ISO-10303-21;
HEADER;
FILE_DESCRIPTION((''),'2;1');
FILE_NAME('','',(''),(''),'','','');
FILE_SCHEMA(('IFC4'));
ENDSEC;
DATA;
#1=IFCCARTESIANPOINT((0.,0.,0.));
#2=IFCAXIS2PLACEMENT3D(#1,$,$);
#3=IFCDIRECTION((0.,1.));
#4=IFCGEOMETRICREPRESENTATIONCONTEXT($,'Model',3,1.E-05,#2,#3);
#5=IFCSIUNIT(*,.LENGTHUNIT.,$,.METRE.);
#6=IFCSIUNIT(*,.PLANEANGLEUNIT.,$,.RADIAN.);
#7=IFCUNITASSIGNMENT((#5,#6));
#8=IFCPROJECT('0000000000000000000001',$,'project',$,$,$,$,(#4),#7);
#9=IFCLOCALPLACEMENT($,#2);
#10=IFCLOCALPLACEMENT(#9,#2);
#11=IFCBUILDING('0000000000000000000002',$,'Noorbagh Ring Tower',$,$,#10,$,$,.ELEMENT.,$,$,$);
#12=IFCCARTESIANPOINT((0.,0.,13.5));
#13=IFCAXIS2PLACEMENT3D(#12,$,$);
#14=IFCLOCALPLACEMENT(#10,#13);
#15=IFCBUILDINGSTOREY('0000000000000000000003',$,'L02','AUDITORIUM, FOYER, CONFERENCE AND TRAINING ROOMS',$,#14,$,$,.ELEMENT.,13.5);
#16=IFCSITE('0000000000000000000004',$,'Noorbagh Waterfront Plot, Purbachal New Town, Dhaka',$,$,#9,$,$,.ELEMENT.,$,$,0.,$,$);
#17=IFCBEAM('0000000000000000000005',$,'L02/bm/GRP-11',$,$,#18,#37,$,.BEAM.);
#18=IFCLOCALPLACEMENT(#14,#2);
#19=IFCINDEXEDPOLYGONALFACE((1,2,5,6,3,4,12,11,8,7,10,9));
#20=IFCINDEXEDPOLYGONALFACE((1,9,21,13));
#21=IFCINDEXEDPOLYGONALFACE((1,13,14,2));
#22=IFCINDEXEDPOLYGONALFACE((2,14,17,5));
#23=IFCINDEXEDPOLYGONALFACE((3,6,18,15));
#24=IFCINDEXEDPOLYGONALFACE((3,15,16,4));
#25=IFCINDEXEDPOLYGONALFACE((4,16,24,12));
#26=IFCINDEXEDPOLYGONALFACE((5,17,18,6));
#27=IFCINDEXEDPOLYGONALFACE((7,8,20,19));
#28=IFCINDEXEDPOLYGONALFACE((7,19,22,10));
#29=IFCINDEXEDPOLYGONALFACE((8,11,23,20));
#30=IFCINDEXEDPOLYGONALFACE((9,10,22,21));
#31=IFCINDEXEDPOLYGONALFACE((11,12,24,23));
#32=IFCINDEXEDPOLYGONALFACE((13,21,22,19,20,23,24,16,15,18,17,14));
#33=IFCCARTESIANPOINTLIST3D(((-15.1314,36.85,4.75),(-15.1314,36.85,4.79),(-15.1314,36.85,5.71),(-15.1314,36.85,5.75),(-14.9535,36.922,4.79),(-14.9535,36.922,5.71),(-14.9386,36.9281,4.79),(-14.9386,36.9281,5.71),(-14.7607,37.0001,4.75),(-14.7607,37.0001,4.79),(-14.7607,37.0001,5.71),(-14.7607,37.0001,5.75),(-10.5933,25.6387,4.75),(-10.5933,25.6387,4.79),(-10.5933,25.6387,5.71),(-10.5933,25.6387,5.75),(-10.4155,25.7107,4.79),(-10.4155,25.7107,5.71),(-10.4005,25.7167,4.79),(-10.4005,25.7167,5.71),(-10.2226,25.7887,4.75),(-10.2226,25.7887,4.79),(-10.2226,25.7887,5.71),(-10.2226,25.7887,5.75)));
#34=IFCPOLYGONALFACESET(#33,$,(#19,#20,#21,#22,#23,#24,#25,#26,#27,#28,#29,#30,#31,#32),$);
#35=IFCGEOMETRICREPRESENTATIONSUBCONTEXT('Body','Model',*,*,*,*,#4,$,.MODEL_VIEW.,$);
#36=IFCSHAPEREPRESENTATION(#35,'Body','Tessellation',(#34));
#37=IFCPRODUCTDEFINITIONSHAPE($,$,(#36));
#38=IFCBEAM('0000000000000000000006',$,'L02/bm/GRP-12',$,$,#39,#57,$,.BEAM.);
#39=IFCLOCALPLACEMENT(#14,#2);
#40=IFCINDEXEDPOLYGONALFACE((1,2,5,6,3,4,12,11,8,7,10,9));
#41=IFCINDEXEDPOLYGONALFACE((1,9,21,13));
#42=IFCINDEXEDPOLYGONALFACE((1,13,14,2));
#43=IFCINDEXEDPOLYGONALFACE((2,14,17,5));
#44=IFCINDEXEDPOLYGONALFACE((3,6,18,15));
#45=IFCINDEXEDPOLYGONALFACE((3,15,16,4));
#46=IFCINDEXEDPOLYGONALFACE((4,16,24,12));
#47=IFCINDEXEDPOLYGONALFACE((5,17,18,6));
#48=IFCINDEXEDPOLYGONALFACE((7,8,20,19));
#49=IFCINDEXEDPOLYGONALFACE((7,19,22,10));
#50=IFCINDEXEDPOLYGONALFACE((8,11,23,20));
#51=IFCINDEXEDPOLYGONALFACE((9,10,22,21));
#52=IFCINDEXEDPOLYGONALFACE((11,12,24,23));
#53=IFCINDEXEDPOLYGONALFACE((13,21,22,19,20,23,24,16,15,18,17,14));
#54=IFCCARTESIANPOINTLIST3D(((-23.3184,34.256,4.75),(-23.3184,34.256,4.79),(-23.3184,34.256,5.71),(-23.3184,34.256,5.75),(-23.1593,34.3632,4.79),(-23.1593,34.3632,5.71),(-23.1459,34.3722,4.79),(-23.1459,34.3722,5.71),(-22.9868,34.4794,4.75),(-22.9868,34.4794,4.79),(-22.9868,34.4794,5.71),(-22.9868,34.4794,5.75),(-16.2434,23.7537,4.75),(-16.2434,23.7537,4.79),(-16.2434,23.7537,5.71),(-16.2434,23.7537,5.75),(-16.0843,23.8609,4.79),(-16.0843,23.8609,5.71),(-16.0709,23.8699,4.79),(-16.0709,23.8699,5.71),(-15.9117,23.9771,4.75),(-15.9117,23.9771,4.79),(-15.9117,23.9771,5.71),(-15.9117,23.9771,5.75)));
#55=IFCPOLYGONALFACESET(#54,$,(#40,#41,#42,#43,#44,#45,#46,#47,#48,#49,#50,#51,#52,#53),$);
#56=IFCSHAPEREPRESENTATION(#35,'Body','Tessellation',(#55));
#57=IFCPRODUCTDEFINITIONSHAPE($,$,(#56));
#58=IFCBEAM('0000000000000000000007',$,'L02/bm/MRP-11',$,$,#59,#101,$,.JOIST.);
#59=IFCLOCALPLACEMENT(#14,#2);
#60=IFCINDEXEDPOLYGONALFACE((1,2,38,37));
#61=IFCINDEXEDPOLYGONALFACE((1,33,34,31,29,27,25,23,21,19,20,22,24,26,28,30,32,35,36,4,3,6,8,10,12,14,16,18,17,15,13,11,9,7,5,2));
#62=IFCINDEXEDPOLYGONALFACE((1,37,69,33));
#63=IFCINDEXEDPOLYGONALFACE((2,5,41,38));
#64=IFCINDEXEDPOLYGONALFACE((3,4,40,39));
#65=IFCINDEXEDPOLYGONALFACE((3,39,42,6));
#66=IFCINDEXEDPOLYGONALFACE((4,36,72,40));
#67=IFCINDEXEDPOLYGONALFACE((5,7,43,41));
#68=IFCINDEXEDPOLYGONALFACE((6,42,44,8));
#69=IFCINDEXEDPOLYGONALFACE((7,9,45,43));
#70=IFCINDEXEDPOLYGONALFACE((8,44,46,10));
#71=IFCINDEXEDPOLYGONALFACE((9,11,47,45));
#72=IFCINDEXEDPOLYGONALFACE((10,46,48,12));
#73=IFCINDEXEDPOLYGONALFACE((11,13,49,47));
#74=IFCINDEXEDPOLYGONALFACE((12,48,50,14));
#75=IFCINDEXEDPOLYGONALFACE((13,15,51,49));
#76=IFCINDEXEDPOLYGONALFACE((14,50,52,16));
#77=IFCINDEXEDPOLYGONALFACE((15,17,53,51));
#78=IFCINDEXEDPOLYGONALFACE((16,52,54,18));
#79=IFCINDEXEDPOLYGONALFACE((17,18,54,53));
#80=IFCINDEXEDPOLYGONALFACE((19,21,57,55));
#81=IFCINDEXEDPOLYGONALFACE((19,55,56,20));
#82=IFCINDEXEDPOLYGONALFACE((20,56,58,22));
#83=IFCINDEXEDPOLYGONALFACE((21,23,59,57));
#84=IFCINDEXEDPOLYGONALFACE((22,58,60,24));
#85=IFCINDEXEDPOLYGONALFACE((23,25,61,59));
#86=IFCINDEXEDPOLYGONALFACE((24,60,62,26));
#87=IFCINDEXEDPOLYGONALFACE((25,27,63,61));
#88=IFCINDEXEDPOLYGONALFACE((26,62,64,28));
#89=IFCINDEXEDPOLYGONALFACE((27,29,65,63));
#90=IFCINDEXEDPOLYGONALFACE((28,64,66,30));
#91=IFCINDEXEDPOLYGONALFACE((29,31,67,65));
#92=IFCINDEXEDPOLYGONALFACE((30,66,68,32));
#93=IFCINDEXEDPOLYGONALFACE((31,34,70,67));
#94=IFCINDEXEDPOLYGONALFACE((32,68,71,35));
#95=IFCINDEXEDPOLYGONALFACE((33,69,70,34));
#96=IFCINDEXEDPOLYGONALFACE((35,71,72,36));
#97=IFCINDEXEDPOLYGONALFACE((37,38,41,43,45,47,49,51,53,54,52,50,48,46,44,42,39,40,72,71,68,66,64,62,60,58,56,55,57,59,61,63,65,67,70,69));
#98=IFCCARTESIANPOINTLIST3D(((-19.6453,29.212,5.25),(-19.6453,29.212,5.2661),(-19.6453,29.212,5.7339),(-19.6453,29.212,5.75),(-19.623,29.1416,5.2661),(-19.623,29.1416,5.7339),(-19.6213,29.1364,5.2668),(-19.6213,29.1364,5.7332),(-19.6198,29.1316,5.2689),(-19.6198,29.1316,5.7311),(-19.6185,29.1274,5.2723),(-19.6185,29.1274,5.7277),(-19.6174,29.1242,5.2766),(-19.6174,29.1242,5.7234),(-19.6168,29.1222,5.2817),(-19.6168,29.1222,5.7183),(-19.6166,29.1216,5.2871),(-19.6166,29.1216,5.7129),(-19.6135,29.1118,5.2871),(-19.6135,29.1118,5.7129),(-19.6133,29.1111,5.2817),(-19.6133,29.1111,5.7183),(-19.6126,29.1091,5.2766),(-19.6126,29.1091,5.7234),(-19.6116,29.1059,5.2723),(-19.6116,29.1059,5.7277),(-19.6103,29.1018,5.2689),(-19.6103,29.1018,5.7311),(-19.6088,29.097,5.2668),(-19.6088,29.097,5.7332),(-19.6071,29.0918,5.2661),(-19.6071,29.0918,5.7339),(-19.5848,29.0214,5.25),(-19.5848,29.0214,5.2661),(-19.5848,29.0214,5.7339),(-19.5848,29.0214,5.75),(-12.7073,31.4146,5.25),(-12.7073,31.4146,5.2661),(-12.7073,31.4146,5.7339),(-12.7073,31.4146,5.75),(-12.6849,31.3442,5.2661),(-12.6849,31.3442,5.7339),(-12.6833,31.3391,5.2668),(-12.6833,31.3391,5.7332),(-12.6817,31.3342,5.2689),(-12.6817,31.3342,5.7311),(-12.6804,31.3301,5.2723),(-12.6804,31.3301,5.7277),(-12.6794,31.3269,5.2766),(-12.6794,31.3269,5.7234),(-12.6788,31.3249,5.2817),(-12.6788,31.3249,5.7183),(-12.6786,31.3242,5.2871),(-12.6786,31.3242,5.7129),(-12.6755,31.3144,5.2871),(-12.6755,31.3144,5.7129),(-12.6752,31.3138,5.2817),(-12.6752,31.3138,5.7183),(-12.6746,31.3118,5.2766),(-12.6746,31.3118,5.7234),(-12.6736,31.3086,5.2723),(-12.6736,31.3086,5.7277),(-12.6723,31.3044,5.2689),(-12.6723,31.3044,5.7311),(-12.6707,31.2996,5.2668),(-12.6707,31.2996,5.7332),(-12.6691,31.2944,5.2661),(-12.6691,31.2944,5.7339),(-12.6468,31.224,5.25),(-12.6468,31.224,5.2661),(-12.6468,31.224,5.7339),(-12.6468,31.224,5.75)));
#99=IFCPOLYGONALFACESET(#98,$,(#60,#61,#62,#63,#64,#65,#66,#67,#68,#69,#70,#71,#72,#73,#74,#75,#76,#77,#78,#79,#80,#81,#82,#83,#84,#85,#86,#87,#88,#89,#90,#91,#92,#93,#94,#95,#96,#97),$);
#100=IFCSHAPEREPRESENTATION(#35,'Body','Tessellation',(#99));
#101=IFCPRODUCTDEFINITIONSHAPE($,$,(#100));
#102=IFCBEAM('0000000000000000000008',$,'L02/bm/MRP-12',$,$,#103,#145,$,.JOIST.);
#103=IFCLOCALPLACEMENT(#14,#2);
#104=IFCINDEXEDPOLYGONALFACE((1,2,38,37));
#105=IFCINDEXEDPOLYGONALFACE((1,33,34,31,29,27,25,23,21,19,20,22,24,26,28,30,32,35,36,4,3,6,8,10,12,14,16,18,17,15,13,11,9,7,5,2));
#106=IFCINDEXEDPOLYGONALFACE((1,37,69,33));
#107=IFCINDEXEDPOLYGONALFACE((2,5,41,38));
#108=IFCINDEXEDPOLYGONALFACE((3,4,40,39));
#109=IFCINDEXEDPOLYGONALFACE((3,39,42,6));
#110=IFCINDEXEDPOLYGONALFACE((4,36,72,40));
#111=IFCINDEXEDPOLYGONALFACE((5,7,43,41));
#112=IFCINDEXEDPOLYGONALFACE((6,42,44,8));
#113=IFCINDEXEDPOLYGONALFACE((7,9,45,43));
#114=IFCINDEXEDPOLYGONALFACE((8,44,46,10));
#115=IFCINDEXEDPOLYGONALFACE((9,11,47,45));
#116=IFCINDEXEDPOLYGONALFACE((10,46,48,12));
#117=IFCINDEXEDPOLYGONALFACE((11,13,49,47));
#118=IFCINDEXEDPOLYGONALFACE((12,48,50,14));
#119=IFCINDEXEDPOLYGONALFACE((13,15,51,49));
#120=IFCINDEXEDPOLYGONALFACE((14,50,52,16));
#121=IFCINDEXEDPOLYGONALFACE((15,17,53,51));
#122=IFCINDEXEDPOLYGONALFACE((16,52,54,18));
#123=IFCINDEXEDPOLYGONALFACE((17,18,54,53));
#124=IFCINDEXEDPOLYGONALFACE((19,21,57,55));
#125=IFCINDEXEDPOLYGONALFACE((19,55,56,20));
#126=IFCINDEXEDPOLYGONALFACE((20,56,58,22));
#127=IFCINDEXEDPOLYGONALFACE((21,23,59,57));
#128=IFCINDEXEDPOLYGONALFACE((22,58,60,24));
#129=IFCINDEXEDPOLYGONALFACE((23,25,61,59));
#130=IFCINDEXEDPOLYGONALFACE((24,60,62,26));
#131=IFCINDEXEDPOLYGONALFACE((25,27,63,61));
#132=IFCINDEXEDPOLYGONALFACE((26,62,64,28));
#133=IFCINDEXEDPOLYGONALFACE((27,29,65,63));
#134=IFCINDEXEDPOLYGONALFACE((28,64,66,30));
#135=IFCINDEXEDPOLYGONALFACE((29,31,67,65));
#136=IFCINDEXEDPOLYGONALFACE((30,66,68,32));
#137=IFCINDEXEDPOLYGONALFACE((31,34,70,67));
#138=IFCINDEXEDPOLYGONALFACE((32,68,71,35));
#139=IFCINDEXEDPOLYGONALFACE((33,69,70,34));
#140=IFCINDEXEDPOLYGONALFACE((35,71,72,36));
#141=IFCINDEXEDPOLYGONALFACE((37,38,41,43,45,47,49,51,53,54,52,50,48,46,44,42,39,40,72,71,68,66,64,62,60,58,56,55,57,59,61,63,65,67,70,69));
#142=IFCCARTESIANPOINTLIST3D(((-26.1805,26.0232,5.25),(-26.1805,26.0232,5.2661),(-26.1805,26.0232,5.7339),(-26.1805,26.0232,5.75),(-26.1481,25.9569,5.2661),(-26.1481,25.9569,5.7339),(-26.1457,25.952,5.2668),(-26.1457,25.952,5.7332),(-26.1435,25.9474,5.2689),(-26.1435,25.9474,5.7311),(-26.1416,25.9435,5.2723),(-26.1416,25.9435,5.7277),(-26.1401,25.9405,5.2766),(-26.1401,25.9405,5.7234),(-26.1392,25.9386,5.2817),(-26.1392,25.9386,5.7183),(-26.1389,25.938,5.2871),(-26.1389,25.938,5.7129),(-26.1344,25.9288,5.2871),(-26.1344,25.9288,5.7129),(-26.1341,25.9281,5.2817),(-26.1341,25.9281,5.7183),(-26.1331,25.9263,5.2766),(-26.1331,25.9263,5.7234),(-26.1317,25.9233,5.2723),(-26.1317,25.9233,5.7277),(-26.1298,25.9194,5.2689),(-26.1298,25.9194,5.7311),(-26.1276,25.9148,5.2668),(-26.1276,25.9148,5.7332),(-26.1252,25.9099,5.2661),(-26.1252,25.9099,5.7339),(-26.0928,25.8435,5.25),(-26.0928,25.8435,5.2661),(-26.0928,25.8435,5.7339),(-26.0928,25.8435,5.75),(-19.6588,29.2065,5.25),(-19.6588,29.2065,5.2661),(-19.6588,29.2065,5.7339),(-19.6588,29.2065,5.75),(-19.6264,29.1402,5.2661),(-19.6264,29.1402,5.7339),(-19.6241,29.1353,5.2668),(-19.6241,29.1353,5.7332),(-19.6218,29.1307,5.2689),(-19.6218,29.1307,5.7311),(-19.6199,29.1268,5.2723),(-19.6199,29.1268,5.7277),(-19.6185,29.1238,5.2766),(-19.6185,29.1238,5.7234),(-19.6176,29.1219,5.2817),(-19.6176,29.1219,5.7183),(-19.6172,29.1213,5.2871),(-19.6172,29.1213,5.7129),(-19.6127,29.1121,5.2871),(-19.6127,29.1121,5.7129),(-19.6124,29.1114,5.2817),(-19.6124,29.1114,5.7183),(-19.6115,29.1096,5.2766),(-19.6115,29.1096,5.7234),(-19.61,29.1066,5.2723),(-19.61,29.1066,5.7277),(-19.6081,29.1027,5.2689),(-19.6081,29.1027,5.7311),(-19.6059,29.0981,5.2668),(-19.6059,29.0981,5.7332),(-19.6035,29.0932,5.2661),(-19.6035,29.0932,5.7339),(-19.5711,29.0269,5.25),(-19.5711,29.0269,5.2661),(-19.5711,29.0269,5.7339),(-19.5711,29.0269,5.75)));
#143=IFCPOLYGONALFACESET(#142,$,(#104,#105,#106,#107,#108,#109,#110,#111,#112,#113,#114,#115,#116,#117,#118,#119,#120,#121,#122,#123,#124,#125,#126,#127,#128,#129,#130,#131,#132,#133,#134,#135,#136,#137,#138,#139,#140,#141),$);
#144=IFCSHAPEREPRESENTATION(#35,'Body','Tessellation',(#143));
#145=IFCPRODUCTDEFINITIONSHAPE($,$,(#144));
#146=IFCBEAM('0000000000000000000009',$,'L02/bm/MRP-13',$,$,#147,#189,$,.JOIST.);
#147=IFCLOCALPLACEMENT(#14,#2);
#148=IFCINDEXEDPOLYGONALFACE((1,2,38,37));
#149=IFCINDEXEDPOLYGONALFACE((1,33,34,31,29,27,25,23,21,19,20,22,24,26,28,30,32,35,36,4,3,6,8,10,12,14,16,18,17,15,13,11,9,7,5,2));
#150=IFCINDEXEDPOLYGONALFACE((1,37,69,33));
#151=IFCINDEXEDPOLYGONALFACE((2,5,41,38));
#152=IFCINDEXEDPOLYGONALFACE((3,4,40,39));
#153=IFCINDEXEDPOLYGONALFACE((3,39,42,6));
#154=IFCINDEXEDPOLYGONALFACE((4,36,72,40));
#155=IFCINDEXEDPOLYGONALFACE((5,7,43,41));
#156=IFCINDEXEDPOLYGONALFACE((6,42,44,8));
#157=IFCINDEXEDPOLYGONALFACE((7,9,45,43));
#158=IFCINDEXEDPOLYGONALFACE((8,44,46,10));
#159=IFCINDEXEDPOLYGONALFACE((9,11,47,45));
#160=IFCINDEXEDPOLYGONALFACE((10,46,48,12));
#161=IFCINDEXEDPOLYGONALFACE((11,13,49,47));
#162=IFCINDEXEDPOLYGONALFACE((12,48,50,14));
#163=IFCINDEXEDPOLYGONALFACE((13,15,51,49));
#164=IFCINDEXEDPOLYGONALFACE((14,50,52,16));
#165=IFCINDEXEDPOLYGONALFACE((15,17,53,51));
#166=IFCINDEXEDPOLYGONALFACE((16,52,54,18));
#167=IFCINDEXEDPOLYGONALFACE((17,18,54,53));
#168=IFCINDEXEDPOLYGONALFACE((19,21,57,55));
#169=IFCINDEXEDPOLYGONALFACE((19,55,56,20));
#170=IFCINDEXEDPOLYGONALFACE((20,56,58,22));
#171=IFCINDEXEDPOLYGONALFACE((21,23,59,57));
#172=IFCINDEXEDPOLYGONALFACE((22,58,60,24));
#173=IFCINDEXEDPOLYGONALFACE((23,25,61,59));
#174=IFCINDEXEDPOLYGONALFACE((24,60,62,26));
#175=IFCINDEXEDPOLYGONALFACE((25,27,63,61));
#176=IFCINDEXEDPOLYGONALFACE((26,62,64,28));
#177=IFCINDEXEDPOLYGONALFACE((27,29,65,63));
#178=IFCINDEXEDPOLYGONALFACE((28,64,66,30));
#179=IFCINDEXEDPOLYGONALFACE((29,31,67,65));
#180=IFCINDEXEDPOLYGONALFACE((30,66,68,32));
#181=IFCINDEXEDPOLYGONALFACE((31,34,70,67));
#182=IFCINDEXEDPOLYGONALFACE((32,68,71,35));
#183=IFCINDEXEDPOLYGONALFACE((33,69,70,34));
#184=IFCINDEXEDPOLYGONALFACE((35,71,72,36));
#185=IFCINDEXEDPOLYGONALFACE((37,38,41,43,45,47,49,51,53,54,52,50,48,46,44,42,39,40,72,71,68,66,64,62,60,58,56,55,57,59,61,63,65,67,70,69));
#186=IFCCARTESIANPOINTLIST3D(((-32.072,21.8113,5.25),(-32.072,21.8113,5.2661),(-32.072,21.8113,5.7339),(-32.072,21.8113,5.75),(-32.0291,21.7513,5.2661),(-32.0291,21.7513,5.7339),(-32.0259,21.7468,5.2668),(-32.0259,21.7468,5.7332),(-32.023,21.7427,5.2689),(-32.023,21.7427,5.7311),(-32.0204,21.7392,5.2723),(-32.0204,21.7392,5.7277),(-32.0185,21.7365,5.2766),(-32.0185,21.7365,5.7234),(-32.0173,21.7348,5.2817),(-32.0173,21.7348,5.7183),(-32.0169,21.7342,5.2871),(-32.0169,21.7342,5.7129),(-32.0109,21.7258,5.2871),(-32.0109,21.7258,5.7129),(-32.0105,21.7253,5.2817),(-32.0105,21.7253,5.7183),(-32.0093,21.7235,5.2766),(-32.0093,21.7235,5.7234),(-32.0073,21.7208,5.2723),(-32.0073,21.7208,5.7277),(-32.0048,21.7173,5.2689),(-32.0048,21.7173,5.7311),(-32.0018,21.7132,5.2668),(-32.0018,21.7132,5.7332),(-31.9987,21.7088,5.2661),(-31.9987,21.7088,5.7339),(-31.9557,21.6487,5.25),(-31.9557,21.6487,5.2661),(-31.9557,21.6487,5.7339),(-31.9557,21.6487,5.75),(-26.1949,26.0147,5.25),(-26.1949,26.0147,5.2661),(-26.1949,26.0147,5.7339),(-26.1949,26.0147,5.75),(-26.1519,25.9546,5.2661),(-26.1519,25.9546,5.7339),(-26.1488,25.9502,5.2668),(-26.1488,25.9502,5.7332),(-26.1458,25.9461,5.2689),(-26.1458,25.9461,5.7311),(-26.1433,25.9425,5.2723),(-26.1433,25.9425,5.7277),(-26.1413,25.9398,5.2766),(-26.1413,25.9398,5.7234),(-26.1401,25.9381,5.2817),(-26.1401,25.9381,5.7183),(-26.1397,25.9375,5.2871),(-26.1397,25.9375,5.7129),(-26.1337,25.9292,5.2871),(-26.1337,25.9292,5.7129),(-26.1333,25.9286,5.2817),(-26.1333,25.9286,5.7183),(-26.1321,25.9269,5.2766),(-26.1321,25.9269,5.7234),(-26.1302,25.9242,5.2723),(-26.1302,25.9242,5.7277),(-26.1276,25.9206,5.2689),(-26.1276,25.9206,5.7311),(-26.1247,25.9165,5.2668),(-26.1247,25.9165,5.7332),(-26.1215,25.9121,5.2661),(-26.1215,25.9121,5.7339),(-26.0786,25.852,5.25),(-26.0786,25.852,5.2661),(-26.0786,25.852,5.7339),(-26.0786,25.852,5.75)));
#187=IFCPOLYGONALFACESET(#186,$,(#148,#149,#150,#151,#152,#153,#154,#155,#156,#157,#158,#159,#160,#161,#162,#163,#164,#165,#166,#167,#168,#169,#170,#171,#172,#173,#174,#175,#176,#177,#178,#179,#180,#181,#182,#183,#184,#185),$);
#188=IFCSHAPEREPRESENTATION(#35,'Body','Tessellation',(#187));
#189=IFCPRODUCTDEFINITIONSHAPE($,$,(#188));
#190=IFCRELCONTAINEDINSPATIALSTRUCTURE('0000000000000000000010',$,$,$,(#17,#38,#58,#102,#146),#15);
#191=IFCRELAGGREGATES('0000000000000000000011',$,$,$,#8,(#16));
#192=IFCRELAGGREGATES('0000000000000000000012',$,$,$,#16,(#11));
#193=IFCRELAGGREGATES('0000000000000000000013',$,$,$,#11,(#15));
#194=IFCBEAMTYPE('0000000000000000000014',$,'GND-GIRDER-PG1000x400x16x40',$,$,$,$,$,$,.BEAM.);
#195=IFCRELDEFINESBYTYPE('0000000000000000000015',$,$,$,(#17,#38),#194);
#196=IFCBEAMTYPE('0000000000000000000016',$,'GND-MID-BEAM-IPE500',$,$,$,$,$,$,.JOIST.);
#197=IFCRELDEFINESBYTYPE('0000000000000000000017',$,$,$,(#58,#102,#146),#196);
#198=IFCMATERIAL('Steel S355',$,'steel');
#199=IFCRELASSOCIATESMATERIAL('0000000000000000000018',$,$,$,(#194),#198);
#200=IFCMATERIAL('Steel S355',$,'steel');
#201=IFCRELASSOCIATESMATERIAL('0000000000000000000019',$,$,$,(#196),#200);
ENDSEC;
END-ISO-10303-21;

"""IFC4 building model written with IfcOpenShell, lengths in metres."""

from ifc_helpers import new_model, si_unit, direction, frame, origin, origin_2d, place, context, subcontext, project, spatial, i_section, extrude, material, material_profile, profile_set, type_object, element, save


model = new_model("IFC4")

# Units and contexts
model_context = context("Model", 3, precision=1e-05, world=origin(), true_north=direction((0.0, 1.0)))
body_context = subcontext(model_context, "Body", "Model", "MODEL_VIEW")
ifc_project = project(units=[si_unit("LENGTHUNIT", "METRE"), si_unit("PLANEANGLEUNIT", "RADIAN")], contexts=[model_context])

# Site, building, storey
site_placement = place(None, origin())
site = spatial("IfcSite", under=ifc_project, at=site_placement, Name="Noorbagh Waterfront Plot, Purbachal New Town, Dhaka", CompositionType="ELEMENT", RefElevation=0.0)
building_placement = place(site_placement, origin())
building = spatial("IfcBuilding", under=site, at=building_placement, Name="Noorbagh Ring Tower", CompositionType="ELEMENT")
storey_placement = place(building_placement, frame((0.0, 0.0, 13.5)))
storey = spatial("IfcBuildingStorey", under=building, at=storey_placement, Name="L02", Description="AUDITORIUM, FOYER, CONFERENCE AND TRAINING ROOMS", CompositionType="ELEMENT", Elevation=13.5)

# Beams
ifc_material_1 = material(Name="Steel S355", Category="steel")
ifc_material_profile_1 = material_profile(ifc_material_1, i_section(OverallWidth=0.3999, OverallDepth=1.0, WebThickness=0.0161, FlangeThickness=0.04, at=origin_2d()), Name="PG1000x400x16x40")
ifc_profile_set_1 = profile_set([ifc_material_profile_1], Name="Steel S355")
beam_type_1 = type_object("IfcBeamType", Name="GND-GIRDER-PG1000x400x16x40", PredefinedType="BEAM", material=ifc_profile_set_1)
beam_1_placement = place(storey_placement, frame((-14.946, 36.925, 5.25), z_axis=(0.375202, -0.926943, 0.0), x_axis=(0.926943, 0.375202, 0.0)))
element("IfcBeam", 1, at=beam_1_placement, inside=storey, type_object=beam_type_1, Name="L02/bm/GRP-11", PredefinedType="BEAM", context=body_context, shape_type="SweptSolid", body=[
    extrude(i_section(OverallWidth=0.3999, OverallDepth=1.0, WebThickness=0.0161, FlangeThickness=0.04, at=origin_2d()), origin(), (0.0, 0.0, 1.0), 12.095),
])
beam_2_placement = place(storey_placement, frame((-23.1526, 34.3677, 5.25), z_axis=(0.558711, -0.829362, 0.0), x_axis=(0.829362, 0.558711, 0.0)))
element("IfcBeam", 2, at=beam_2_placement, inside=storey, type_object=beam_type_1, Name="L02/bm/GRP-12", PredefinedType="BEAM", context=body_context, shape_type="SweptSolid", body=[
    extrude(i_section(OverallWidth=0.3999, OverallDepth=1.0, WebThickness=0.0161, FlangeThickness=0.04, at=origin_2d()), origin(), (0.0, 0.0, 1.0), 12.6631),
])
ifc_material_2 = material(Name="Steel S355", Category="steel")
ifc_material_profile_2 = material_profile(ifc_material_2, i_section(OverallWidth=0.2, OverallDepth=0.5, WebThickness=0.0103, FlangeThickness=0.0161, FilletRadius=0.021, at=origin_2d()), Name="IPE500")
ifc_profile_set_2 = profile_set([ifc_material_profile_2], Name="Steel S355")
beam_type_2 = type_object("IfcBeamType", Name="GND-MID-BEAM-IPE500", PredefinedType="JOIST", material=ifc_profile_set_2)
beam_3_placement = place(storey_placement, frame((-12.677, 31.3193, 5.5), z_axis=(-0.95312, -0.302592, 0.0), x_axis=(0.302592, -0.95312, 0.0)))
element("IfcBeam", 3, at=beam_3_placement, inside=storey, type_object=beam_type_2, Name="L02/bm/MRP-11", PredefinedType="JOIST", context=body_context, shape_type="SweptSolid", body=[
    extrude(i_section(OverallWidth=0.2, OverallDepth=0.5, WebThickness=0.0103, FlangeThickness=0.0161, FilletRadius=0.021, at=origin_2d()), origin(), (0.0, 0.0, 1.0), 7.2793),
])
beam_4_placement = place(storey_placement, frame((-19.615, 29.1167, 5.5), z_axis=(-0.898659, -0.438648, 0.0), x_axis=(0.438648, -0.898659, 0.0)))
element("IfcBeam", 4, at=beam_4_placement, inside=storey, type_object=beam_type_2, Name="L02/bm/MRP-12", PredefinedType="JOIST", context=body_context, shape_type="SweptSolid", body=[
    extrude(i_section(OverallWidth=0.2, OverallDepth=0.5, WebThickness=0.0103, FlangeThickness=0.0161, FilletRadius=0.021, at=origin_2d()), origin(), (0.0, 0.0, 1.0), 7.2571),
])
beam_5_placement = place(storey_placement, frame((-26.1367, 25.9333, 5.5), z_axis=(-0.813382, -0.58173, 0.0), x_axis=(0.58173, -0.813382, 0.0)))
element("IfcBeam", 5, at=beam_5_placement, inside=storey, type_object=beam_type_2, Name="L02/bm/MRP-13", PredefinedType="JOIST", context=body_context, shape_type="SweptSolid", body=[
    extrude(i_section(OverallWidth=0.2, OverallDepth=0.5, WebThickness=0.0103, FlangeThickness=0.0161, FilletRadius=0.021, at=origin_2d()), origin(), (0.0, 0.0, 1.0), 7.2256),
])

save(model, "model.ifc")
